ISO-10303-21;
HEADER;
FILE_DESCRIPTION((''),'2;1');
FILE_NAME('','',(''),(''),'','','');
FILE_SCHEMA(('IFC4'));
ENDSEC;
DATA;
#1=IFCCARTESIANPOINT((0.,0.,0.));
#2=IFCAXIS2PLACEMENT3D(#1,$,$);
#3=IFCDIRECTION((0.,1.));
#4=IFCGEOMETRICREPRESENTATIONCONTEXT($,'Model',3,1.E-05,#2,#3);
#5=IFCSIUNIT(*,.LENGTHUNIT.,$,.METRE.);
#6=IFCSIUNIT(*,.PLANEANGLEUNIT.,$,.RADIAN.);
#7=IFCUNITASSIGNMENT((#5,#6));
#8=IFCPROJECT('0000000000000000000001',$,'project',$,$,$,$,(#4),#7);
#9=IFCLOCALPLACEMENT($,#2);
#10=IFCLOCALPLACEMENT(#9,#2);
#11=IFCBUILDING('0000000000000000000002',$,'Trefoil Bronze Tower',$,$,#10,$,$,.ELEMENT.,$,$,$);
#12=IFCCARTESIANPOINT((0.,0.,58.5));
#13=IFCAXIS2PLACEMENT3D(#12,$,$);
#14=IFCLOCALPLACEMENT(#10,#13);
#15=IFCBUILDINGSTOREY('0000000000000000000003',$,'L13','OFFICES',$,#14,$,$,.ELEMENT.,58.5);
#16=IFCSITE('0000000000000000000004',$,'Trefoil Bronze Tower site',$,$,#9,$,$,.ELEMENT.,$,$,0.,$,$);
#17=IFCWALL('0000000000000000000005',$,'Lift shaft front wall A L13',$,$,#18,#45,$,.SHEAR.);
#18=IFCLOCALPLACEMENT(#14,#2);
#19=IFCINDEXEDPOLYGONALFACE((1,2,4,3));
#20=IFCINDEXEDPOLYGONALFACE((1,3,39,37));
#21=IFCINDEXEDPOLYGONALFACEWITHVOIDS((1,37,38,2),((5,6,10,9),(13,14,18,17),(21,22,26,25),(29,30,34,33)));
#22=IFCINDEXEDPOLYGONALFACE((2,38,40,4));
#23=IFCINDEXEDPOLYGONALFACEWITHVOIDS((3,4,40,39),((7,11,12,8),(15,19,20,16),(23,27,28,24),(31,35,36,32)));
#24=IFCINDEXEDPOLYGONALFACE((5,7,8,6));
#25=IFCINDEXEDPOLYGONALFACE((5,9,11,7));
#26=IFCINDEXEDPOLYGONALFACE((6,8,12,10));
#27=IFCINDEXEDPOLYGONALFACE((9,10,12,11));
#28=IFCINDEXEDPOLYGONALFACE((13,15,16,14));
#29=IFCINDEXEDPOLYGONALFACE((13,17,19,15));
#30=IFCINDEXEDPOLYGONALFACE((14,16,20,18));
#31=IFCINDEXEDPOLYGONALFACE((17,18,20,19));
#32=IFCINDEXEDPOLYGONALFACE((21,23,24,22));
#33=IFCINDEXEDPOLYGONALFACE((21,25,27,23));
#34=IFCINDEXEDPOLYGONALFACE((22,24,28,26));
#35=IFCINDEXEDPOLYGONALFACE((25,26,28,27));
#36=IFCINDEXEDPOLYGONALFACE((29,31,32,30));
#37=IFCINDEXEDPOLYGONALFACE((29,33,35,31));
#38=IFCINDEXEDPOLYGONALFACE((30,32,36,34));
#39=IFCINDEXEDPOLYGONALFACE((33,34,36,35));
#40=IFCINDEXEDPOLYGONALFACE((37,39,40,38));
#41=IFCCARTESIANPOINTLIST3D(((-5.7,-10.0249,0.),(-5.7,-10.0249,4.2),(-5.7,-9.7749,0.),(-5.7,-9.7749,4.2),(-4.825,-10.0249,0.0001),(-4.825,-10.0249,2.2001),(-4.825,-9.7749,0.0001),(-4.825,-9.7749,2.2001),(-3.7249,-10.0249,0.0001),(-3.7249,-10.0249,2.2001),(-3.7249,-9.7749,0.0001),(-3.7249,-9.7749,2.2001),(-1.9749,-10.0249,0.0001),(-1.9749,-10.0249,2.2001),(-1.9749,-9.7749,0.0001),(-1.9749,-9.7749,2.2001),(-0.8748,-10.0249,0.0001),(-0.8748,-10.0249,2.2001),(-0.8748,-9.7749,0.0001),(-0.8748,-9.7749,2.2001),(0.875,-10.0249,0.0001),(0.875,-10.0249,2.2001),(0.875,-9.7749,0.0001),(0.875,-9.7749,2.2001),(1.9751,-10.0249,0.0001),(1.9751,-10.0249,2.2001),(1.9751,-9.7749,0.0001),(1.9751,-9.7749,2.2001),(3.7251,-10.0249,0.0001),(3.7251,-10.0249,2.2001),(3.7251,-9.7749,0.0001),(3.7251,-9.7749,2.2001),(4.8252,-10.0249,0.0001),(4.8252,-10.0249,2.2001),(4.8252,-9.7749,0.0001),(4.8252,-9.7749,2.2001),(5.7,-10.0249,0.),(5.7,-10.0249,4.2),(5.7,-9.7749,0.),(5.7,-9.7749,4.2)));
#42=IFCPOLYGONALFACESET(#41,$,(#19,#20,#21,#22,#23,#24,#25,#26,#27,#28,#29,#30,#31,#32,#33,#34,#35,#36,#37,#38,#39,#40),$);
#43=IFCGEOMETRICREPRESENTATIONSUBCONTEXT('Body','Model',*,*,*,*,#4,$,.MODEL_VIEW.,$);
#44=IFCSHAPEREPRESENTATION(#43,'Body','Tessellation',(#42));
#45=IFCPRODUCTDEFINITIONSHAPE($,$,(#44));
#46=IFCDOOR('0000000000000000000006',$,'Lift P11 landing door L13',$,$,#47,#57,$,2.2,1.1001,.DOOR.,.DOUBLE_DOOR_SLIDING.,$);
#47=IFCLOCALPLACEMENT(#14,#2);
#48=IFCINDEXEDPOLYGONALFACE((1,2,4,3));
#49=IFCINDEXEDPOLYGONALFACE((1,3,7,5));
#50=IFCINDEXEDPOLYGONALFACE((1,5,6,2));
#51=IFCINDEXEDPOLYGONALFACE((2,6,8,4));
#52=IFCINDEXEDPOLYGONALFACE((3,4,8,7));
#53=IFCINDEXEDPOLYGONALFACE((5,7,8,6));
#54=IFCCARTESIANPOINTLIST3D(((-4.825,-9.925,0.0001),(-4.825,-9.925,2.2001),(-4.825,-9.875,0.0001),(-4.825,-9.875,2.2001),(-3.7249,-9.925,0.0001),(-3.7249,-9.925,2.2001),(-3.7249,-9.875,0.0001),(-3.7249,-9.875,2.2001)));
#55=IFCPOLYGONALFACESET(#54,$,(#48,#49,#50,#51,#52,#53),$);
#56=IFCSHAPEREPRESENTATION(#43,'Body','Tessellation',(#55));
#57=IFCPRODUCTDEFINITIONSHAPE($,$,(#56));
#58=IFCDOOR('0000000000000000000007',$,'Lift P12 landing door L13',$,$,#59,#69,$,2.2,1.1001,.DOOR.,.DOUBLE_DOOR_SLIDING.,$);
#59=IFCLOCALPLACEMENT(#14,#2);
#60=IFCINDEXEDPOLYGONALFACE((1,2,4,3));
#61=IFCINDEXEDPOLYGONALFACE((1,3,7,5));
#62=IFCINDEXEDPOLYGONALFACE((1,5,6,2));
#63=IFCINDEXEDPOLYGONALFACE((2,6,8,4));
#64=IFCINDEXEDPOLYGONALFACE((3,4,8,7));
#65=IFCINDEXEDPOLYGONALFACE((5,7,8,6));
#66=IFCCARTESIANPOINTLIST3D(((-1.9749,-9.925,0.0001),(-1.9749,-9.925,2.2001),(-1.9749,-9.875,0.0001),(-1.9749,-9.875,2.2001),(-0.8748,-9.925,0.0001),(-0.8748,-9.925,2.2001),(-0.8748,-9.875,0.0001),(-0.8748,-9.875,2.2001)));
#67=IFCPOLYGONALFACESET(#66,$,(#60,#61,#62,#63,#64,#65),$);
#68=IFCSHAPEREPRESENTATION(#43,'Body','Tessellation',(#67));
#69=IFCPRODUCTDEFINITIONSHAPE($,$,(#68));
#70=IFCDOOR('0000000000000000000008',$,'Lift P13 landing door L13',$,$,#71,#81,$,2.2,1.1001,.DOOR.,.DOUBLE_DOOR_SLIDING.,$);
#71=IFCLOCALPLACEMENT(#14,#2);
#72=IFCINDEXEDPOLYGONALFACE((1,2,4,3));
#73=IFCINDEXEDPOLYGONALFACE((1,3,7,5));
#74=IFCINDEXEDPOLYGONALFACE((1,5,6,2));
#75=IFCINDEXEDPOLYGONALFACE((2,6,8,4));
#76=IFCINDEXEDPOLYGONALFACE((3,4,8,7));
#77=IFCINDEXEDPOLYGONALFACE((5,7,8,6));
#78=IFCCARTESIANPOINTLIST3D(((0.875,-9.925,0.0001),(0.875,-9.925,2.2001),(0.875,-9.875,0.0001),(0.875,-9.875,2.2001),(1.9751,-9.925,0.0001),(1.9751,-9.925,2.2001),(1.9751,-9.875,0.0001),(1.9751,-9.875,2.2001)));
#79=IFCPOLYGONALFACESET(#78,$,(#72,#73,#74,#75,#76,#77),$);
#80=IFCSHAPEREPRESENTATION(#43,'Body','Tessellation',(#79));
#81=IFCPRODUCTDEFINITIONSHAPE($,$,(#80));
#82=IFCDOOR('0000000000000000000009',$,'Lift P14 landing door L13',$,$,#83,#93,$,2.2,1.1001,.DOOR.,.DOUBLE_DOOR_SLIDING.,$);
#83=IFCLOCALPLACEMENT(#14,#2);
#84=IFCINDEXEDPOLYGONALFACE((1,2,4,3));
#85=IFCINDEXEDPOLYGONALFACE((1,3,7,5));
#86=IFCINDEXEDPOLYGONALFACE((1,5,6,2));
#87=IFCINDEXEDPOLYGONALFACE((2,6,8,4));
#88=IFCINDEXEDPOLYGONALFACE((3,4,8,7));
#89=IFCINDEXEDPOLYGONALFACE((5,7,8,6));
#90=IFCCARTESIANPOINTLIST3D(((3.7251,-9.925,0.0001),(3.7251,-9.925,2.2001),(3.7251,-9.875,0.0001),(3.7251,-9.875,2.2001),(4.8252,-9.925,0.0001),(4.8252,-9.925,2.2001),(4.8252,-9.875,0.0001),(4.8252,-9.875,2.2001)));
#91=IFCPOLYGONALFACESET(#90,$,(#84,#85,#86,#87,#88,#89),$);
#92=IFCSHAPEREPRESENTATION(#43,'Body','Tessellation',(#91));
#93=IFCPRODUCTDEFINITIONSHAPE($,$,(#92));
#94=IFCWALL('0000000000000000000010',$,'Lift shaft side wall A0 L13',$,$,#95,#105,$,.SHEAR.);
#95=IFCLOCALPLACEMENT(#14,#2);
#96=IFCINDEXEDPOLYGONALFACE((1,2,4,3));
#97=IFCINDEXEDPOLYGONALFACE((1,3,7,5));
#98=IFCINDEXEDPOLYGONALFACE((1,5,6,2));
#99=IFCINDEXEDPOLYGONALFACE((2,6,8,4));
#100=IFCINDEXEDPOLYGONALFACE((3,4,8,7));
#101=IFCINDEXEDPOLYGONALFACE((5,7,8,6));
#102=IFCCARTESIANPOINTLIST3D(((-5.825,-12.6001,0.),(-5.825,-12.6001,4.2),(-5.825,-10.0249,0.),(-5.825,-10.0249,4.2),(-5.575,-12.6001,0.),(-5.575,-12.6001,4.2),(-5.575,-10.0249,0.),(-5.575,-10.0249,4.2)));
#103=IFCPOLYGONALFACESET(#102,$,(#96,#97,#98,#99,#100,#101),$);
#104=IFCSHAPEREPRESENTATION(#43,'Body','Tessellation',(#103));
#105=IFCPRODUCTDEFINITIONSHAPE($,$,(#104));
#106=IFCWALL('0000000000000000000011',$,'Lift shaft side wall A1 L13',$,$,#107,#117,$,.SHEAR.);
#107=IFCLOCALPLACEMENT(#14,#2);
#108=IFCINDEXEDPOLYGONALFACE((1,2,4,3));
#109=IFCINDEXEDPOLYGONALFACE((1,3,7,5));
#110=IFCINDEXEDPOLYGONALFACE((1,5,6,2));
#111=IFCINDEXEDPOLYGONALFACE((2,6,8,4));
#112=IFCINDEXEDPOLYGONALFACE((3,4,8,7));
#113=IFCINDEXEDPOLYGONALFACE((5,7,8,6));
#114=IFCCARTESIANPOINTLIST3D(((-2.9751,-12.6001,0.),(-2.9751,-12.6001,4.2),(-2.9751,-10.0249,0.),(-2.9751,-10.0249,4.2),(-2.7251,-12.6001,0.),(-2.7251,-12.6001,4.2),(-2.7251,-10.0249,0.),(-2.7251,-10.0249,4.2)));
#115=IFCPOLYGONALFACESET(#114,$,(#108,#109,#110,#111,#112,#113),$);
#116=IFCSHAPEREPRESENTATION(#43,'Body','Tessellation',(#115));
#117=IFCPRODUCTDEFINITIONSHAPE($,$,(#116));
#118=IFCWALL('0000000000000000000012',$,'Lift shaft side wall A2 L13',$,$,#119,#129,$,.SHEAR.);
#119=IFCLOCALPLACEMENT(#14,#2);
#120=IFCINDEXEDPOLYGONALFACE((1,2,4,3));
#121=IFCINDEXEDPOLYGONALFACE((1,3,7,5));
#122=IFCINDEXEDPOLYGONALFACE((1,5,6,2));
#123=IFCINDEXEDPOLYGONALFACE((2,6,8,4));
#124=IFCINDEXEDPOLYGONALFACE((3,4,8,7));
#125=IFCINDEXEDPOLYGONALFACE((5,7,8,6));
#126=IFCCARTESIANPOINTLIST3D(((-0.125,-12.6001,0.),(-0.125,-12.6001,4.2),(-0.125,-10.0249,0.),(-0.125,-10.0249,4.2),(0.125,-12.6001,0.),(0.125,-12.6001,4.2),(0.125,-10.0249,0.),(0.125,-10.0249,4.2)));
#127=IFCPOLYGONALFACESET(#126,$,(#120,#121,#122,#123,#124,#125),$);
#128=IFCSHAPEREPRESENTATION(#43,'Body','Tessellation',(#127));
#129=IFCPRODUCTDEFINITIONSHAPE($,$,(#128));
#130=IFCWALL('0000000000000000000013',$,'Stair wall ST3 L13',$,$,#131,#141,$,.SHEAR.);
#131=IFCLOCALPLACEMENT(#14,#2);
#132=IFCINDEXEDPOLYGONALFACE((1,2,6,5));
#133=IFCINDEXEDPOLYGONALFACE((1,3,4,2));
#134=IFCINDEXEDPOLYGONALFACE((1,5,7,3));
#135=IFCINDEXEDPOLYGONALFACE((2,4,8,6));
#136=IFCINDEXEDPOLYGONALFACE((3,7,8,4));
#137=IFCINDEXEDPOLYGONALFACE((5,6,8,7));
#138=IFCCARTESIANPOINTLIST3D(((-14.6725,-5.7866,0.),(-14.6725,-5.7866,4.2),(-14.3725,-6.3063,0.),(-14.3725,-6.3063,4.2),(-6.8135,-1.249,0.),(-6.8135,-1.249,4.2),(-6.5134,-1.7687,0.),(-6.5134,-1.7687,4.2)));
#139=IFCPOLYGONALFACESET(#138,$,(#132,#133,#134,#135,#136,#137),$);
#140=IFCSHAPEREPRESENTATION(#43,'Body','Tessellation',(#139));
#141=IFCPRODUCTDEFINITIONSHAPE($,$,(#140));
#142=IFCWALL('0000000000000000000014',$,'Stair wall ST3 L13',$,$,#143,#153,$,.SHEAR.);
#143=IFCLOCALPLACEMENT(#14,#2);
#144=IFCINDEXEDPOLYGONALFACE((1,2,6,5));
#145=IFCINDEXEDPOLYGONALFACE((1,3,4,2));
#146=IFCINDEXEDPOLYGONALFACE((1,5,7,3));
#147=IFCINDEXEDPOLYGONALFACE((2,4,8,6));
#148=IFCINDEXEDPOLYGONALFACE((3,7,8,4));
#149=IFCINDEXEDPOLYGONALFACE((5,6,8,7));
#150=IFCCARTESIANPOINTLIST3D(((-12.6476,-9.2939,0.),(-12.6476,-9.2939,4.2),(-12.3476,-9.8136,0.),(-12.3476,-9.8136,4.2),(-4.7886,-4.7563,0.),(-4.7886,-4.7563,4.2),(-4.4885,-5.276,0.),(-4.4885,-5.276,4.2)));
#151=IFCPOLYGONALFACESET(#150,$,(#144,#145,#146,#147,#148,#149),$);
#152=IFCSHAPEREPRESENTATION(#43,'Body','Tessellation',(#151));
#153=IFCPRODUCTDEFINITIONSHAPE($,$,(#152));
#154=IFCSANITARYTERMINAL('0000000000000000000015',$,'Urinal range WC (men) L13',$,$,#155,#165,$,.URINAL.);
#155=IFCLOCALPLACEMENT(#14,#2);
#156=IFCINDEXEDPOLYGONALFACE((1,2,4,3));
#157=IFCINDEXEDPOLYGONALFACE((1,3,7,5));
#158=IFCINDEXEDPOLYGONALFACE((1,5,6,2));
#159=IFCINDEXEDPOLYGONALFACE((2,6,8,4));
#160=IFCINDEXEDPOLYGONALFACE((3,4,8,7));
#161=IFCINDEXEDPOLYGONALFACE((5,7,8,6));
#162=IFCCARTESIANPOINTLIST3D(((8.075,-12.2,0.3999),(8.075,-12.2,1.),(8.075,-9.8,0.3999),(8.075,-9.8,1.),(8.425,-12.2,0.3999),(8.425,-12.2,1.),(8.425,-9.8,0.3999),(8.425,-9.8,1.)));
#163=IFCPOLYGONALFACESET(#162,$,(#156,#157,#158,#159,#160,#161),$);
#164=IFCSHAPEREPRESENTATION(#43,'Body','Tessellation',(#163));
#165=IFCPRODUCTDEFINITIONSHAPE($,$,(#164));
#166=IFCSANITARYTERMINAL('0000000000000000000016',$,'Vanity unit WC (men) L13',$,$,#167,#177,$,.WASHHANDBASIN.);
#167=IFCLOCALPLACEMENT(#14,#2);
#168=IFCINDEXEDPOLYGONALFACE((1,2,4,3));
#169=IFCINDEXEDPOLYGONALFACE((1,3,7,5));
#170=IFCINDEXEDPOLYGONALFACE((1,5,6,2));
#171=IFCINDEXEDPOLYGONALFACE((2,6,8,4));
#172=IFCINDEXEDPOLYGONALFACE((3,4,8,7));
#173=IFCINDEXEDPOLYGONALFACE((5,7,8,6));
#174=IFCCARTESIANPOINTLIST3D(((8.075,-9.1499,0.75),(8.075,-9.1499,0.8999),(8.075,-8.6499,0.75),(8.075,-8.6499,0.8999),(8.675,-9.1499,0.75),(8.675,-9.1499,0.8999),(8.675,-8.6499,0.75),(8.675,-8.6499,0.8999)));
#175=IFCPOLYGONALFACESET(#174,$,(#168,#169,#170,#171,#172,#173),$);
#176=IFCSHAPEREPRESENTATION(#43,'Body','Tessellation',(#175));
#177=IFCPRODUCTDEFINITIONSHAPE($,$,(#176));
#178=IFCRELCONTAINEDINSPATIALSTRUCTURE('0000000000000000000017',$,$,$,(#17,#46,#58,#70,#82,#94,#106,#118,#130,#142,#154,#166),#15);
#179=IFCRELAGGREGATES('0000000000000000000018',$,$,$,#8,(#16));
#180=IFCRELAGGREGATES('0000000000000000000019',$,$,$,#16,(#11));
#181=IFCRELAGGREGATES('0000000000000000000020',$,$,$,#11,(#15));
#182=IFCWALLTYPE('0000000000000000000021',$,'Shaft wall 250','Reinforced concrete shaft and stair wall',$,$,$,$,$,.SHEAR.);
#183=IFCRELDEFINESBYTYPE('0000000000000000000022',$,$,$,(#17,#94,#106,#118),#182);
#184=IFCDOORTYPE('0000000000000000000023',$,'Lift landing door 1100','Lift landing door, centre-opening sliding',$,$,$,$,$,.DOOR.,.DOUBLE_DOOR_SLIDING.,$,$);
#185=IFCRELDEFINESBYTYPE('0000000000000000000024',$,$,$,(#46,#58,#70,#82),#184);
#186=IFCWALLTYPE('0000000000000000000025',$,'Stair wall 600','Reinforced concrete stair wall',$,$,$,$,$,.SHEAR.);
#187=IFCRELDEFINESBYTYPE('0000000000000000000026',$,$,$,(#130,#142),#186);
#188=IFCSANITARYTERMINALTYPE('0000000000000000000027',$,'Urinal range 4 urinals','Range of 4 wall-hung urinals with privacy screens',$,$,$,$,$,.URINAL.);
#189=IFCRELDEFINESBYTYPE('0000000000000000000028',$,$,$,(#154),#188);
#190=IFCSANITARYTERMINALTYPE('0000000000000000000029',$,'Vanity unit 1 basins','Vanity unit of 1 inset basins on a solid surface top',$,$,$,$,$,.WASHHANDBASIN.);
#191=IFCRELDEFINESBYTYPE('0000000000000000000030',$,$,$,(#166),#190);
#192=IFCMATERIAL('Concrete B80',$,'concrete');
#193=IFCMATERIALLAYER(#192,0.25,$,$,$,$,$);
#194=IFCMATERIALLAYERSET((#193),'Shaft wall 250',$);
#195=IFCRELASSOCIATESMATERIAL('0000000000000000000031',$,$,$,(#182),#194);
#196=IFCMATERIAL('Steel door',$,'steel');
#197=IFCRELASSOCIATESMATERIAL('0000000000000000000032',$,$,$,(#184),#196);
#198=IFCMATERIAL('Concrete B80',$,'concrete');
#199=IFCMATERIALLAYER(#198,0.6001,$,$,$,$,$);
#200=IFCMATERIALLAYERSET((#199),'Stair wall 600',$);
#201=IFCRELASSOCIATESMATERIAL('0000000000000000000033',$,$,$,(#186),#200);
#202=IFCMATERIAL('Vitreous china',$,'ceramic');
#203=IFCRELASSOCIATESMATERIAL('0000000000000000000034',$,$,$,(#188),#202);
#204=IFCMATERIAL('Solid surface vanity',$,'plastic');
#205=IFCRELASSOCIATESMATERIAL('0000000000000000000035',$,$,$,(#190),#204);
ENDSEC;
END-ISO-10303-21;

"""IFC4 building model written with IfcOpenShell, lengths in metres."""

from ifc_helpers import new_model, si_unit, direction, frame, frame_2d, origin, place, context, subcontext, project, spatial, polyline, rectangle, outline, extrude, material, layer, layer_set, type_object, element, fill, save


model = new_model("IFC4")

# Units and contexts
model_context = context("Model", 3, precision=1e-05, world=origin(), true_north=direction((0.0, 1.0)))
body_context = subcontext(model_context, "Body", "Model", "MODEL_VIEW")
ifc_project = project(units=[si_unit("LENGTHUNIT", "METRE"), si_unit("PLANEANGLEUNIT", "RADIAN")], contexts=[model_context])

# Site, building, storey
site_placement = place(None, origin())
site = spatial("IfcSite", under=ifc_project, at=site_placement, Name="Trefoil Bronze Tower site", CompositionType="ELEMENT", RefElevation=0.0)
building_placement = place(site_placement, origin())
building = spatial("IfcBuilding", under=site, at=building_placement, Name="Trefoil Bronze Tower", CompositionType="ELEMENT")
storey_placement = place(building_placement, frame((0.0, 0.0, 58.5)))
storey = spatial("IfcBuildingStorey", under=building, at=storey_placement, Name="L13", Description="OFFICES", CompositionType="ELEMENT", Elevation=58.5)

# Wall, openings, doors
ifc_material_1 = material(Name="Concrete B80", Category="concrete")
ifc_layer_1 = layer(ifc_material_1, 0.25)
ifc_layer_set_1 = layer_set([ifc_layer_1], Name="Shaft wall 250")
wall_type_1 = type_object("IfcWallType", Name="Shaft wall 250", Description="Reinforced concrete shaft and stair wall", PredefinedType="SHEAR", material=ifc_layer_set_1)
wall_1_placement = place(storey_placement, frame((-5.7, -9.8999, 0.0), z_axis=(0.0, 0.0, 1.0), x_axis=(1.0, 0.0, 0.0)))
wall_1 = element("IfcWall", 1, at=wall_1_placement, inside=storey, type_object=wall_type_1, Name="Lift shaft front wall A L13", PredefinedType="SHEAR", context=body_context, shape_type="SweptSolid", body=[
    extrude(rectangle(XDim=11.3999, YDim=0.25, at=frame_2d((5.7, 0.0))), origin(), (0.0, 0.0, 1.0), 4.2),
])
opening_1_placement = place(wall_1_placement, frame((0.875, 0.0, 0.0)))
opening_1 = element("IfcOpeningElement", 2, at=opening_1_placement, cuts=wall_1, PredefinedType="OPENING", context=body_context, shape_type="SweptSolid", body=[
    extrude(rectangle(XDim=1.1001, YDim=2.2, at=frame_2d((0.55, 1.1001))), frame((0.0, 0.135, 0.0), z_axis=(0.0, -1.0, 0.0), x_axis=(1.0, 0.0, 0.0)), (0.0, 0.0, 1.0), 0.27),
])
opening_2_placement = place(wall_1_placement, frame((3.7251, 0.0, 0.0)))
opening_2 = element("IfcOpeningElement", 3, at=opening_2_placement, cuts=wall_1, PredefinedType="OPENING", context=body_context, shape_type="SweptSolid", body=[
    extrude(rectangle(XDim=1.1001, YDim=2.2, at=frame_2d((0.55, 1.1001))), frame((0.0, 0.135, 0.0), z_axis=(0.0, -1.0, 0.0), x_axis=(1.0, 0.0, 0.0)), (0.0, 0.0, 1.0), 0.27),
])
opening_3_placement = place(wall_1_placement, frame((6.575, 0.0, 0.0)))
opening_3 = element("IfcOpeningElement", 4, at=opening_3_placement, cuts=wall_1, PredefinedType="OPENING", context=body_context, shape_type="SweptSolid", body=[
    extrude(rectangle(XDim=1.1001, YDim=2.2, at=frame_2d((0.55, 1.1001))), frame((0.0, 0.135, 0.0), z_axis=(0.0, -1.0, 0.0), x_axis=(1.0, 0.0, 0.0)), (0.0, 0.0, 1.0), 0.27),
])
opening_4_placement = place(wall_1_placement, frame((9.425, 0.0, 0.0)))
opening_4 = element("IfcOpeningElement", 5, at=opening_4_placement, cuts=wall_1, PredefinedType="OPENING", context=body_context, shape_type="SweptSolid", body=[
    extrude(rectangle(XDim=1.1001, YDim=2.2, at=frame_2d((0.55, 1.1001))), frame((0.0, 0.135, 0.0), z_axis=(0.0, -1.0, 0.0), x_axis=(1.0, 0.0, 0.0)), (0.0, 0.0, 1.0), 0.27),
])
ifc_material_2 = material(Name="Steel door", Category="steel")
door_type_1 = type_object("IfcDoorType", Name="Lift landing door 1100", Description="Lift landing door, centre-opening sliding", OperationType="DOUBLE_DOOR_SLIDING", PredefinedType="DOOR", material=ifc_material_2)
door_1_placement = place(opening_1_placement, origin())
door_1 = element("IfcDoor", 6, at=door_1_placement, inside=storey, type_object=door_type_1, Name="Lift P11 landing door L13", OperationType="DOUBLE_DOOR_SLIDING", OverallHeight=2.2, OverallWidth=1.1001, PredefinedType="DOOR", context=body_context, shape_type="SweptSolid", body=[
    extrude(rectangle(XDim=1.1001, YDim=2.2, at=frame_2d((0.55, 1.1001))), frame((0.0, 0.0249, 0.0), z_axis=(0.0, -1.0, 0.0), x_axis=(1.0, 0.0, 0.0)), (0.0, 0.0, 1.0), 0.05),
])
fill(opening_1, door_1)
door_2_placement = place(opening_2_placement, origin())
door_2 = element("IfcDoor", 7, at=door_2_placement, inside=storey, type_object=door_type_1, Name="Lift P12 landing door L13", OperationType="DOUBLE_DOOR_SLIDING", OverallHeight=2.2, OverallWidth=1.1001, PredefinedType="DOOR", context=body_context, shape_type="SweptSolid", body=[
    extrude(rectangle(XDim=1.1001, YDim=2.2, at=frame_2d((0.55, 1.1001))), frame((0.0, 0.0249, 0.0), z_axis=(0.0, -1.0, 0.0), x_axis=(1.0, 0.0, 0.0)), (0.0, 0.0, 1.0), 0.05),
])
fill(opening_2, door_2)
door_3_placement = place(opening_3_placement, origin())
door_3 = element("IfcDoor", 8, at=door_3_placement, inside=storey, type_object=door_type_1, Name="Lift P13 landing door L13", OperationType="DOUBLE_DOOR_SLIDING", OverallHeight=2.2, OverallWidth=1.1001, PredefinedType="DOOR", context=body_context, shape_type="SweptSolid", body=[
    extrude(rectangle(XDim=1.1001, YDim=2.2, at=frame_2d((0.55, 1.1001))), frame((0.0, 0.0249, 0.0), z_axis=(0.0, -1.0, 0.0), x_axis=(1.0, 0.0, 0.0)), (0.0, 0.0, 1.0), 0.05),
])
fill(opening_3, door_3)
door_4_placement = place(opening_4_placement, origin())
door_4 = element("IfcDoor", 9, at=door_4_placement, inside=storey, type_object=door_type_1, Name="Lift P14 landing door L13", OperationType="DOUBLE_DOOR_SLIDING", OverallHeight=2.2, OverallWidth=1.1001, PredefinedType="DOOR", context=body_context, shape_type="SweptSolid", body=[
    extrude(rectangle(XDim=1.1001, YDim=2.2, at=frame_2d((0.55, 1.1001))), frame((0.0, 0.0249, 0.0), z_axis=(0.0, -1.0, 0.0), x_axis=(1.0, 0.0, 0.0)), (0.0, 0.0, 1.0), 0.05),
])
fill(opening_4, door_4)

# Walls
for number, where, z_axis, x_axis, name in (
    (10, (-5.7, -10.0249, 0.0), (0.0, 0.0, 1.0), (0.0, -1.0, 0.0), "Lift shaft side wall A0 L13"),
    (11, (-2.8501, -10.0249, 0.0), (0.0, 0.0, 1.0), (0.0, -1.0, 0.0), "Lift shaft side wall A1 L13"),
    (12, (0.0, -10.0249, 0.0), (0.0, 0.0, 1.0), (0.0, -1.0, 0.0), "Lift shaft side wall A2 L13"),
):
    element("IfcWall", number, at=place(storey_placement, frame(where, z_axis=z_axis, x_axis=x_axis)), inside=storey, type_object=wall_type_1, Name=name, PredefinedType="SHEAR", context=body_context, shape_type="SweptSolid", body=[
        extrude(rectangle(XDim=2.5752, YDim=0.25, at=frame_2d((1.2876, 0.0))), origin(), (0.0, 0.0, 1.0), 4.2),
    ])
ifc_material_3 = material(Name="Concrete B80", Category="concrete")
ifc_layer_2 = layer(ifc_material_3, 0.6001)
ifc_layer_set_2 = layer_set([ifc_layer_2], Name="Stair wall 600")
wall_type_2 = type_object("IfcWallType", Name="Stair wall 600", Description="Reinforced concrete stair wall", PredefinedType="SHEAR", material=ifc_layer_set_2)
for number, where, z_axis, x_axis, name in (
    (13, (-6.6633, -1.5088, 0.0), (0.0, 0.0, 1.0), (-0.866019, -0.50001, 0.0), "Stair wall ST3 L13"),
    (14, (-4.6384, -5.0161, 0.0), (0.0, 0.0, 1.0), (-0.866019, -0.50001, 0.0), "Stair wall ST3 L13"),
):
    element("IfcWall", number, at=place(storey_placement, frame(where, z_axis=z_axis, x_axis=x_axis)), inside=storey, type_object=wall_type_2, Name=name, PredefinedType="SHEAR", context=body_context, shape_type="SweptSolid", body=[
        extrude(rectangle(XDim=9.075, YDim=0.6001, at=frame_2d((4.5376, 0.0))), origin(), (0.0, 0.0, 1.0), 4.2),
    ])

# Sanitary terminals
ifc_material_4 = material(Name="Vitreous china", Category="ceramic")
sanitary_terminal_type_1 = type_object("IfcSanitaryTerminalType", Name="Urinal range 4 urinals", Description="Range of 4 wall-hung urinals with privacy screens", PredefinedType="URINAL", material=ifc_material_4)
sanitary_terminal_1_placement = place(storey_placement, frame((0.0, 0.0, 0.3999)))
element("IfcSanitaryTerminal", 15, at=sanitary_terminal_1_placement, inside=storey, type_object=sanitary_terminal_type_1, Name="Urinal range WC (men) L13", PredefinedType="URINAL", context=body_context, shape_type="SweptSolid", body=[
    extrude(outline(polyline([(8.075, -9.8), (8.425, -9.8), (8.425, -12.2), (8.075, -12.2), (8.075, -9.8)])), origin(), (0.0, 0.0, 1.0), 0.6001),
])
ifc_material_5 = material(Name="Solid surface vanity", Category="plastic")
sanitary_terminal_type_2 = type_object("IfcSanitaryTerminalType", Name="Vanity unit 1 basins", Description="Vanity unit of 1 inset basins on a solid surface top", PredefinedType="WASHHANDBASIN", material=ifc_material_5)
sanitary_terminal_2_placement = place(storey_placement, frame((0.0, 0.0, 0.75)))
element("IfcSanitaryTerminal", 16, at=sanitary_terminal_2_placement, inside=storey, type_object=sanitary_terminal_type_2, Name="Vanity unit WC (men) L13", PredefinedType="WASHHANDBASIN", context=body_context, shape_type="SweptSolid", body=[
    extrude(outline(polyline([(8.075, -8.6499), (8.675, -8.6499), (8.675, -9.1499), (8.075, -9.1499), (8.075, -8.6499)])), origin(), (0.0, 0.0, 1.0), 0.1499),
])

save(model, "model.ifc")
